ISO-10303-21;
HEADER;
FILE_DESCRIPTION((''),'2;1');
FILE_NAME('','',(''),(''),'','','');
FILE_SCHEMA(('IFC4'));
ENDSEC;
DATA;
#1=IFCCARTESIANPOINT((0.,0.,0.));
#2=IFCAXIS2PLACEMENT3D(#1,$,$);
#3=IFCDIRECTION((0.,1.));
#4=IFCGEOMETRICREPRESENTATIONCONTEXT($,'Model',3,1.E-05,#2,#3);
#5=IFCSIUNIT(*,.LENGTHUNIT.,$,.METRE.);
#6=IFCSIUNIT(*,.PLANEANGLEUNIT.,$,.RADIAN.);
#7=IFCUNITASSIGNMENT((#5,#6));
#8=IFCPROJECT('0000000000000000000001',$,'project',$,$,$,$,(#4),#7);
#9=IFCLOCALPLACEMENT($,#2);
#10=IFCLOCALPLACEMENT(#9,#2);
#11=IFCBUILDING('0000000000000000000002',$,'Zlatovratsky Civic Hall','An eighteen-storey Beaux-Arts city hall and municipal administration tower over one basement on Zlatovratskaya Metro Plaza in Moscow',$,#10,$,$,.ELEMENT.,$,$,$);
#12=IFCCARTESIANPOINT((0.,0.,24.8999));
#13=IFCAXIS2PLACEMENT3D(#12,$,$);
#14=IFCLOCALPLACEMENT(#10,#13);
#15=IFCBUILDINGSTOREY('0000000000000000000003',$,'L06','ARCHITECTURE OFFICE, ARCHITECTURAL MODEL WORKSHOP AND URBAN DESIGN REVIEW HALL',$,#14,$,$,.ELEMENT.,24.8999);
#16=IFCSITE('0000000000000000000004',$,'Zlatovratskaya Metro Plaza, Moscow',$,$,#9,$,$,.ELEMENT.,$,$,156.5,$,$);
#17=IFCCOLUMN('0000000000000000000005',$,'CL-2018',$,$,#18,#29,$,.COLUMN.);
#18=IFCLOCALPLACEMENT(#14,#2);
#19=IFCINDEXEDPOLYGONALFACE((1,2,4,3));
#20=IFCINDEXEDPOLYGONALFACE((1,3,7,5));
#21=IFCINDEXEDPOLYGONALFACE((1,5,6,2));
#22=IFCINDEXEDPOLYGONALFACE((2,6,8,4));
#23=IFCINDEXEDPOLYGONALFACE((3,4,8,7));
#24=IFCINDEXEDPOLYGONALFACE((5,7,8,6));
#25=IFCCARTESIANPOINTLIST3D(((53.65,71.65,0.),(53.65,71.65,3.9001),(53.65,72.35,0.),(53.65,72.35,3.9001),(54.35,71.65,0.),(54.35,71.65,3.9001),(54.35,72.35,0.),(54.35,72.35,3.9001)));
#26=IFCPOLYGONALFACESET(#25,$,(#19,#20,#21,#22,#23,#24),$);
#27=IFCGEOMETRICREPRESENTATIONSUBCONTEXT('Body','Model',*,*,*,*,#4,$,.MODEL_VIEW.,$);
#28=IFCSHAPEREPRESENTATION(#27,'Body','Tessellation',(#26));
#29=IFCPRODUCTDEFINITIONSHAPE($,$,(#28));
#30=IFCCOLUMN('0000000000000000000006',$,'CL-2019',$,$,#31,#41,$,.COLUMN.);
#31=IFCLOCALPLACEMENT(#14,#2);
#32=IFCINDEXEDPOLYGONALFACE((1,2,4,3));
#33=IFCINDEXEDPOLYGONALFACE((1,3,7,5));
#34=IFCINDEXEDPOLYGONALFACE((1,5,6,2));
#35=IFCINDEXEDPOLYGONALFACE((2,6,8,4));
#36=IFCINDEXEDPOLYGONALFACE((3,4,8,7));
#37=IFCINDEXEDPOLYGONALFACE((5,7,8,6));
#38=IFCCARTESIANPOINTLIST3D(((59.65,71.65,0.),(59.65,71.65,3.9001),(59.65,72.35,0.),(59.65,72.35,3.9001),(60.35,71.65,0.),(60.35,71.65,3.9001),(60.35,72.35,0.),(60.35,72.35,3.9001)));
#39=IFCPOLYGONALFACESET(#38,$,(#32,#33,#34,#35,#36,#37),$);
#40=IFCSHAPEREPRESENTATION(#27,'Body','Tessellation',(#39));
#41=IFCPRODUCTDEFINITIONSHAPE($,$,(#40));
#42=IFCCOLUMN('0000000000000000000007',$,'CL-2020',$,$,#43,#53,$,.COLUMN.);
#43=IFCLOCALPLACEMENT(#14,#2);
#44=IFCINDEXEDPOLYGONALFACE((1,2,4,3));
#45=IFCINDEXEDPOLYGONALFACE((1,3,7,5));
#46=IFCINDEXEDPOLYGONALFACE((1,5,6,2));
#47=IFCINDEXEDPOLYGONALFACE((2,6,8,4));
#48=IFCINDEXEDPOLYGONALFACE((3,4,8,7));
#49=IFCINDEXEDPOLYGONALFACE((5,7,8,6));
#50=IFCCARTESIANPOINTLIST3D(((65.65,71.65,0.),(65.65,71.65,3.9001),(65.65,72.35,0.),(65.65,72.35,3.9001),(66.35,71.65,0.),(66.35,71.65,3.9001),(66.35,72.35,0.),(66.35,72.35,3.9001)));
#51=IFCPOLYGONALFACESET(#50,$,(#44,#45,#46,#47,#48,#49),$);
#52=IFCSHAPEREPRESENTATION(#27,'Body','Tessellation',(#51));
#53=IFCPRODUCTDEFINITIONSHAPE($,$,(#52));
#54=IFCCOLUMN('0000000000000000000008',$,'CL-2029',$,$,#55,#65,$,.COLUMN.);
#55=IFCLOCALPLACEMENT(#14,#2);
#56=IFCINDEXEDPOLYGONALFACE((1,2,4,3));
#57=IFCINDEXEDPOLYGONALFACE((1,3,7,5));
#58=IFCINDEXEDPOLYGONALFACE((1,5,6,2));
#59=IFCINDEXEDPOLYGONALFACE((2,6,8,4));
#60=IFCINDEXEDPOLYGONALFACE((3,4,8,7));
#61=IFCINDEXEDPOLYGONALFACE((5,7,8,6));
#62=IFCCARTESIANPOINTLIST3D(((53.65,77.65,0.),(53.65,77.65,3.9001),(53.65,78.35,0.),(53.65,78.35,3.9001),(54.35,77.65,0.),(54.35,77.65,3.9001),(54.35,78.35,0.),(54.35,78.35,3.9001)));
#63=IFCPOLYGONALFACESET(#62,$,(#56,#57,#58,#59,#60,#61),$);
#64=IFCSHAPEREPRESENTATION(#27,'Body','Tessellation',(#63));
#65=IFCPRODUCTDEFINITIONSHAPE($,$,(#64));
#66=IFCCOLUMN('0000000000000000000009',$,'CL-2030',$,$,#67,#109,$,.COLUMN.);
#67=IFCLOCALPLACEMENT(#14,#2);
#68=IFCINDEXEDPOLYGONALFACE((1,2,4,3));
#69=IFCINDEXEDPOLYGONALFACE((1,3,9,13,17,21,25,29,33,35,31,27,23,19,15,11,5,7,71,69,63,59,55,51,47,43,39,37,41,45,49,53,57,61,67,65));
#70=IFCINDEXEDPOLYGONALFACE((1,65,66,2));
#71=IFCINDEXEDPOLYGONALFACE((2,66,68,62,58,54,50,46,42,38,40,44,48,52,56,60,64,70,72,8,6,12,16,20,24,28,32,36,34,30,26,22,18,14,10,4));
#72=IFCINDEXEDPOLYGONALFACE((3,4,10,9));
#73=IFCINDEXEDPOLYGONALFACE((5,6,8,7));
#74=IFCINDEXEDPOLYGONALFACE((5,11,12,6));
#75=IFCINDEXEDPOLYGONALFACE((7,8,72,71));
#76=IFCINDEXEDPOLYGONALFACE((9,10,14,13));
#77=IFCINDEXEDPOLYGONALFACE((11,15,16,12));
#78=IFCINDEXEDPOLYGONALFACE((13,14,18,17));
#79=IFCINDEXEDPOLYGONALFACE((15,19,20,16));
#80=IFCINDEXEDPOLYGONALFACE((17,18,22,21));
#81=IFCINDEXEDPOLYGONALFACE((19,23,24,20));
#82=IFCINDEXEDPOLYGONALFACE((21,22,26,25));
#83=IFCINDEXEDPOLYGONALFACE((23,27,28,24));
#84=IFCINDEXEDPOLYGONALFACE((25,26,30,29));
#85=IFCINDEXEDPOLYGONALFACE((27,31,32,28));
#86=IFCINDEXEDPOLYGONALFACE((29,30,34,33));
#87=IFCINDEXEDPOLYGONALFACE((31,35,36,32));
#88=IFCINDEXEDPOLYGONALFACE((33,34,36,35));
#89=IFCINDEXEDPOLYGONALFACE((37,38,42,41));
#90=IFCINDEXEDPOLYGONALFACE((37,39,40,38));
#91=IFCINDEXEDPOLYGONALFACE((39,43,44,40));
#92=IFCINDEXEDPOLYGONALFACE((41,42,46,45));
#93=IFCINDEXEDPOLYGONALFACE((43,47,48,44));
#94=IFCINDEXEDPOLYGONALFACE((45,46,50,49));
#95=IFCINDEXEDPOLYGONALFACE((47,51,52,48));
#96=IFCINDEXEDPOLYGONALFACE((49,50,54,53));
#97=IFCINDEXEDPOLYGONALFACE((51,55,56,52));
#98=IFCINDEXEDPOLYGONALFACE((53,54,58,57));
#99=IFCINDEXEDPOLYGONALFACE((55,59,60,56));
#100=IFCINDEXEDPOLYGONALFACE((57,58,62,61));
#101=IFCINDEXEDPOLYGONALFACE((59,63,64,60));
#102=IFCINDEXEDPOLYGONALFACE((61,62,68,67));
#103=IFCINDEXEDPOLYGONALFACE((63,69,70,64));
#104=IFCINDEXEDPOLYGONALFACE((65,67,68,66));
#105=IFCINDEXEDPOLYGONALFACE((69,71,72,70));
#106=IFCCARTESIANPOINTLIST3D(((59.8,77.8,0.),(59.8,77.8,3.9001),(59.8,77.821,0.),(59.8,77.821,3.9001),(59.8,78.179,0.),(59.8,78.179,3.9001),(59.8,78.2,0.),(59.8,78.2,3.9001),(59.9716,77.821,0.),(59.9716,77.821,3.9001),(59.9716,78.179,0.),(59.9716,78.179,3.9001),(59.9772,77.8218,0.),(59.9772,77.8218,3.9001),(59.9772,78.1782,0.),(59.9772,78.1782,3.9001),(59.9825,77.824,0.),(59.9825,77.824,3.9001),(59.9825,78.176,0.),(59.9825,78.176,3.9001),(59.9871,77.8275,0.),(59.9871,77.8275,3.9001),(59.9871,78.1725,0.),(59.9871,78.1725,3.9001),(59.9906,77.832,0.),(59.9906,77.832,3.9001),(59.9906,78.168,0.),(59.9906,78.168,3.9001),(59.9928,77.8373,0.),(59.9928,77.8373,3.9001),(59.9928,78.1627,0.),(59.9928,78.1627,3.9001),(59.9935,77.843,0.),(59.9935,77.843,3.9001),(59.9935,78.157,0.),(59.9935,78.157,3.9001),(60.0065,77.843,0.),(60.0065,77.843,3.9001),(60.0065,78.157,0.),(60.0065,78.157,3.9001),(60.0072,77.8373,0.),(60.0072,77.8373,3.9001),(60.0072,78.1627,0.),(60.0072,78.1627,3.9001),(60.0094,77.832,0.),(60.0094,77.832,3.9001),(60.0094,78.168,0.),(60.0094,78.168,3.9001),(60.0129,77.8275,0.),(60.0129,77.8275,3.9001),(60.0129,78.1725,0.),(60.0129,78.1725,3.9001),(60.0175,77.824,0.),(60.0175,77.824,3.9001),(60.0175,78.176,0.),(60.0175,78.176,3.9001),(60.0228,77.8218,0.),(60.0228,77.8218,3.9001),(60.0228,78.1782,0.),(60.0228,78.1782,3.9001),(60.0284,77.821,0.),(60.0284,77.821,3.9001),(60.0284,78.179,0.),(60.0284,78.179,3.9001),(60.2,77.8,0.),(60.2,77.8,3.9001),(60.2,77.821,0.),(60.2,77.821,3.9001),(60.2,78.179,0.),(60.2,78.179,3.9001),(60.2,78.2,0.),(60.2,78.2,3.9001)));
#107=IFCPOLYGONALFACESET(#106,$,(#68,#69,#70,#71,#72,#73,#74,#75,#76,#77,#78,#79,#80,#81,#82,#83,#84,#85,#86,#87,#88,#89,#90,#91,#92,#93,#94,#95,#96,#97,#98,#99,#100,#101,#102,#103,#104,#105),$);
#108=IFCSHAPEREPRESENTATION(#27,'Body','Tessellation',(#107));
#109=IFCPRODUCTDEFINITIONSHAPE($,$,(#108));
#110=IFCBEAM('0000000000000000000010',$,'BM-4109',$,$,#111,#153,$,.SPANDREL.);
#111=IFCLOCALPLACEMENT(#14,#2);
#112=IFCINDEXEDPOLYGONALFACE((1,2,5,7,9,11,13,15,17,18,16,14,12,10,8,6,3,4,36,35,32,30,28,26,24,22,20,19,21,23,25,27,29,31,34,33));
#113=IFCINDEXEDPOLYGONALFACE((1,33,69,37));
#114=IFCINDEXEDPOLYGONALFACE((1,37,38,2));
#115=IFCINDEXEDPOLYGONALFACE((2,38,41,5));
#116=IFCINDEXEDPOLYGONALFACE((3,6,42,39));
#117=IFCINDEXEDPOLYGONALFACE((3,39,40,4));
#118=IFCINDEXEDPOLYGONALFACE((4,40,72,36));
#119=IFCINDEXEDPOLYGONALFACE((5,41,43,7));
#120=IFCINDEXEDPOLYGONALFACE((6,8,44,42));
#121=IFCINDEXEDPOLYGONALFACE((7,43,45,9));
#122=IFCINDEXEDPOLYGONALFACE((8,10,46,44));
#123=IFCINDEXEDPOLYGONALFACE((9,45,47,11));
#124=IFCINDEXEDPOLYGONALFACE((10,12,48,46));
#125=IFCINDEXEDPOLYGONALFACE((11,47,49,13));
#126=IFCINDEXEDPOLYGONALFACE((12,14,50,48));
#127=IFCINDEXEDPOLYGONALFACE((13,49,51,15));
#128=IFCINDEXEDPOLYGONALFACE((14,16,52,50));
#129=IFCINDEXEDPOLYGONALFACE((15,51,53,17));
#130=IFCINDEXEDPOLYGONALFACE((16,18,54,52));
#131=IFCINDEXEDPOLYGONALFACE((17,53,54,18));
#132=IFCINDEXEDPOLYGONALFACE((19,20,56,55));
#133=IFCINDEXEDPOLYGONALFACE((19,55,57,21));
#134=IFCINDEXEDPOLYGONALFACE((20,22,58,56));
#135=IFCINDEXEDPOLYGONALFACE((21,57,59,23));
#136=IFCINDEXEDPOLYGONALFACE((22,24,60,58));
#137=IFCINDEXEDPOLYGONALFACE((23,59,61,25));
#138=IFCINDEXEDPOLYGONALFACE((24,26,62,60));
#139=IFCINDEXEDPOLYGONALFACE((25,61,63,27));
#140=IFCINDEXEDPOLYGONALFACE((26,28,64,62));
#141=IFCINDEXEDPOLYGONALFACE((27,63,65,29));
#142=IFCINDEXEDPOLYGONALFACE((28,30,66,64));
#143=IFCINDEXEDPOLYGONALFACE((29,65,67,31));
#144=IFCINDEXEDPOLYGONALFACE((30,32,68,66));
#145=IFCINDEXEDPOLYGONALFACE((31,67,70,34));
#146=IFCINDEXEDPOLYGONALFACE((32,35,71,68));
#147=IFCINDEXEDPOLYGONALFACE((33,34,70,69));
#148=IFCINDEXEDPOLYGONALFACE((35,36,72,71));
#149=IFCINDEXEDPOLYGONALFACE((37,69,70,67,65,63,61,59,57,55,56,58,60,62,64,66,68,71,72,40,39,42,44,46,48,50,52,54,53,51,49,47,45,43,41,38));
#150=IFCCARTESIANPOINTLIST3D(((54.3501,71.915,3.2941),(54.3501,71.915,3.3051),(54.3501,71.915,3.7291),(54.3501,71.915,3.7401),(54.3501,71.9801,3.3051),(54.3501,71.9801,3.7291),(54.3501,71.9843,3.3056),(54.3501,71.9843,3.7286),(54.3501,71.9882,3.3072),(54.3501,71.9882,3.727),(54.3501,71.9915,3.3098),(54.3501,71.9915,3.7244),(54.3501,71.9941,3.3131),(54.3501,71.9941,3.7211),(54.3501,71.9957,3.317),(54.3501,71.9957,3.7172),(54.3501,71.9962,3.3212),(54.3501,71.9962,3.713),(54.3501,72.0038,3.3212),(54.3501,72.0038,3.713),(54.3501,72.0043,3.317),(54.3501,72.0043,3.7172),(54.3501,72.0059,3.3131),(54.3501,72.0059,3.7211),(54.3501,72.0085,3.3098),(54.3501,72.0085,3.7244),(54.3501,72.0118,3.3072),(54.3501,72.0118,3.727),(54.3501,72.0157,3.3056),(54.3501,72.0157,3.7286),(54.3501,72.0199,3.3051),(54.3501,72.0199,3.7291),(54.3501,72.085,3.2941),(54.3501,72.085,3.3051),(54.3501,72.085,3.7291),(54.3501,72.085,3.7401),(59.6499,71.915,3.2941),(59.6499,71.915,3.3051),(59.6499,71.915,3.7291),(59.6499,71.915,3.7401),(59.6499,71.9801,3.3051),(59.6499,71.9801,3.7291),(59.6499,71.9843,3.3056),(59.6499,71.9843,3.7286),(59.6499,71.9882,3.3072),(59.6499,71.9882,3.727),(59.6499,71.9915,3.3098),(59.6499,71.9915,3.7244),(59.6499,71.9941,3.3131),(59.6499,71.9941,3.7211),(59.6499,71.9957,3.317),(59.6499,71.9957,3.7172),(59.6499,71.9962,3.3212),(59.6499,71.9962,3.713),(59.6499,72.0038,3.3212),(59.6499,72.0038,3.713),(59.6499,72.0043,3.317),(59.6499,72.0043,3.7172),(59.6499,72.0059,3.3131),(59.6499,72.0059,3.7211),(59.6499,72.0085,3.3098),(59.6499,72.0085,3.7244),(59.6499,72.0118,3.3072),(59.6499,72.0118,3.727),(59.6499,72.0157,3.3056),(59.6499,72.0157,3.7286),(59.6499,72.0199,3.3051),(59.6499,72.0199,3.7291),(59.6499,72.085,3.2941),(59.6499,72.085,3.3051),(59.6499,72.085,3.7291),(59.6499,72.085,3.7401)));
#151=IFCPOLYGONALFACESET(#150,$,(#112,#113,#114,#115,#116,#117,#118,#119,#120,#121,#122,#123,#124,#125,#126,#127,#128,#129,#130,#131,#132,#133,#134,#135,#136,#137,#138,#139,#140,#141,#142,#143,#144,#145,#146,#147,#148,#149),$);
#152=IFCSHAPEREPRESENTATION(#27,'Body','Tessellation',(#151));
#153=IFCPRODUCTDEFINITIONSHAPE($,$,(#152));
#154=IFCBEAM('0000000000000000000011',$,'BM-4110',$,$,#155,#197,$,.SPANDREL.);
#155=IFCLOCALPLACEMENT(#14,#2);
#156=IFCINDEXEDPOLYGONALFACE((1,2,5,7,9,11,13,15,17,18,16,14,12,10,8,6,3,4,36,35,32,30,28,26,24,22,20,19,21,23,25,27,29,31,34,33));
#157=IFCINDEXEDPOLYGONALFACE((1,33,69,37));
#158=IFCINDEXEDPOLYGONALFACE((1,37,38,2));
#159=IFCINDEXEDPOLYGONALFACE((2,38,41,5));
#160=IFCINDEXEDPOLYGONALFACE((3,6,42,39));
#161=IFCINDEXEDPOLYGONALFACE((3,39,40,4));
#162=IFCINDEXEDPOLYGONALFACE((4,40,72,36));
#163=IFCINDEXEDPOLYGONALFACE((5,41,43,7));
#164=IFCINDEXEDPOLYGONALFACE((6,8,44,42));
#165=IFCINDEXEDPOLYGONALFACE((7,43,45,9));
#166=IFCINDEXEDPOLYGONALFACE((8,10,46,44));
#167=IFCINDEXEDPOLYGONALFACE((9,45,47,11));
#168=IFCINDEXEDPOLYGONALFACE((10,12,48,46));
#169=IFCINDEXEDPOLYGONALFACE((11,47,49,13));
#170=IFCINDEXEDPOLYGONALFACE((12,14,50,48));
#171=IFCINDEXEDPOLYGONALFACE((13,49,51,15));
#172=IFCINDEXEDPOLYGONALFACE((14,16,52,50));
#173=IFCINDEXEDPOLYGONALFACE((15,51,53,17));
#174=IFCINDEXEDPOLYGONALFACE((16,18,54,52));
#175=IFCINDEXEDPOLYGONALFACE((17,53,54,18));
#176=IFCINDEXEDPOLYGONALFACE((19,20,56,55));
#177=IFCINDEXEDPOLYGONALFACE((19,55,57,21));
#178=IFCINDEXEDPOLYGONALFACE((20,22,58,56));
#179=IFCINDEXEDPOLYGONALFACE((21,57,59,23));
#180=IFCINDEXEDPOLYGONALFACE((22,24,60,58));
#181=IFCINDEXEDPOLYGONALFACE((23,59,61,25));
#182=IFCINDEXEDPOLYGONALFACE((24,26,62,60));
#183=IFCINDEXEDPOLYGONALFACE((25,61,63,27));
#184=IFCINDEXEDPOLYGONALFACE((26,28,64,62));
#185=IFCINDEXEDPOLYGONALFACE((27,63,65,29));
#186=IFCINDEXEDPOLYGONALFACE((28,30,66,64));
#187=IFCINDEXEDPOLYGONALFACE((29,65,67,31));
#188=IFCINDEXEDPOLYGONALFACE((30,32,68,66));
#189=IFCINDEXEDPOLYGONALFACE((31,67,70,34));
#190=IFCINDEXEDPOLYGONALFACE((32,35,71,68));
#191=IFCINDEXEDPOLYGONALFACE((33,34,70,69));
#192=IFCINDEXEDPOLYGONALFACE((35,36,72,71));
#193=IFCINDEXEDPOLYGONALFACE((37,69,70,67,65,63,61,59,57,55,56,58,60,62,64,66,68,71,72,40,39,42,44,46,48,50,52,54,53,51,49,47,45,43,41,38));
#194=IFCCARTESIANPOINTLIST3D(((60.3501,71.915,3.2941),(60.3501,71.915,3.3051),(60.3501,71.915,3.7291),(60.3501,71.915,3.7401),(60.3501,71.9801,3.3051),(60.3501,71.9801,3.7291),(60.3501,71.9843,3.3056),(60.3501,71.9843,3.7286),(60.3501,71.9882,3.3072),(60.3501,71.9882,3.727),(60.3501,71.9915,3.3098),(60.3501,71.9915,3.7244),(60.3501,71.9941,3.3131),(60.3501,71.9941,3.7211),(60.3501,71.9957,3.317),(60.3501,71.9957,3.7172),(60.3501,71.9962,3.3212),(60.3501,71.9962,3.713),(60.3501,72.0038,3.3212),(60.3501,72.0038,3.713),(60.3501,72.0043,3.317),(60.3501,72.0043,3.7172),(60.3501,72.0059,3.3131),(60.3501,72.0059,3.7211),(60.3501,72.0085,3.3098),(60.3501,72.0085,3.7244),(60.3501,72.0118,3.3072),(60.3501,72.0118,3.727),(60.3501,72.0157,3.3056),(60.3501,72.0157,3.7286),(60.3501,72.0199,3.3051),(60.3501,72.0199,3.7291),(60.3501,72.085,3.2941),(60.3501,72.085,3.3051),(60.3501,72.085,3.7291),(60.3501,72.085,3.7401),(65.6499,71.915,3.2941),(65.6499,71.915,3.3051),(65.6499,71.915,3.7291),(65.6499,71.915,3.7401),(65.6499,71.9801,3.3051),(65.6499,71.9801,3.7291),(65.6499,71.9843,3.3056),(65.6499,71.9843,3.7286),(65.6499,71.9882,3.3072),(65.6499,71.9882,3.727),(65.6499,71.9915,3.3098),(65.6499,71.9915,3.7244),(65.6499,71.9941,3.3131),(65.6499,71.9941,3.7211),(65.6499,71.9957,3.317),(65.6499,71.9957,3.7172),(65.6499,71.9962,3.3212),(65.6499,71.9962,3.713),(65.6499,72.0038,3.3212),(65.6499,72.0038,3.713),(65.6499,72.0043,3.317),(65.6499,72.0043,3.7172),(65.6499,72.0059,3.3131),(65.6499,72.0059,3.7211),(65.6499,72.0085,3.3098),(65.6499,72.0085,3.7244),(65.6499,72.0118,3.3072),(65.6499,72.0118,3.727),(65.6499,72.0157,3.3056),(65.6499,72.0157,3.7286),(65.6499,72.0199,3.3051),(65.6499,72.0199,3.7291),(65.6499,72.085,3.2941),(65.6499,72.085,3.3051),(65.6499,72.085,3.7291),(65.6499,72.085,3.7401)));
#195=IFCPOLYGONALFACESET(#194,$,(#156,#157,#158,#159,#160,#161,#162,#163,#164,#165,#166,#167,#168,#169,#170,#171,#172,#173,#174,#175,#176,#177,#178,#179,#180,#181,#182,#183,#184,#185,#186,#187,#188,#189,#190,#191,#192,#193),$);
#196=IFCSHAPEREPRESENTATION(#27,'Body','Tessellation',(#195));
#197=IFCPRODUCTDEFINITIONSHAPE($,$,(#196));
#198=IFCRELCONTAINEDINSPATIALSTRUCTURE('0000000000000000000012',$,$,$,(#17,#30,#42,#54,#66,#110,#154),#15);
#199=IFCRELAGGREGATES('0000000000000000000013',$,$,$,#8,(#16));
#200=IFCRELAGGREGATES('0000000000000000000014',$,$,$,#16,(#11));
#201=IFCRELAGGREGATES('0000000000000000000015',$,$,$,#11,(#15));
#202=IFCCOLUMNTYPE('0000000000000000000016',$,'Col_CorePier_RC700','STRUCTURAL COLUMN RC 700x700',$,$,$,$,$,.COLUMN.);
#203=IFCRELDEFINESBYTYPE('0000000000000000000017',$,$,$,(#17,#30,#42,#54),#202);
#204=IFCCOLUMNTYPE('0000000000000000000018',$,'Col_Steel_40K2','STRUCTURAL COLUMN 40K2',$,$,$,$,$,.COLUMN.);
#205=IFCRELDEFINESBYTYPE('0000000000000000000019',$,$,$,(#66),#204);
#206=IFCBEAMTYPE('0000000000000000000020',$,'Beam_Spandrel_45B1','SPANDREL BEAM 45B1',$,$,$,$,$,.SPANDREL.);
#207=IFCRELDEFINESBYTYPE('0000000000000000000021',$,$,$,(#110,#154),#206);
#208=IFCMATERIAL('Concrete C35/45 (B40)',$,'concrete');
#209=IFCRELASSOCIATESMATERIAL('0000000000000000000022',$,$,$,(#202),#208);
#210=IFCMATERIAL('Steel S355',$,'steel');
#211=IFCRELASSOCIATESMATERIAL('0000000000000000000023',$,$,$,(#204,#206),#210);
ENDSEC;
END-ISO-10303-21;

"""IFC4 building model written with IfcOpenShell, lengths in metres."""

from ifc_helpers import new_model, si_unit, direction, frame, origin, origin_2d, place, context, subcontext, project, spatial, rectangle, i_section, extrude, material, material_profile, profile_set, type_object, element, save


model = new_model("IFC4")

# Units and contexts
model_context = context("Model", 3, precision=1e-05, world=origin(), true_north=direction((0.0, 1.0)))
body_context = subcontext(model_context, "Body", "Model", "MODEL_VIEW")
ifc_project = project(units=[si_unit("LENGTHUNIT", "METRE"), si_unit("PLANEANGLEUNIT", "RADIAN")], contexts=[model_context])

# Site, building, storey
site_placement = place(None, origin())
site = spatial("IfcSite", under=ifc_project, at=site_placement, Name="Zlatovratskaya Metro Plaza, Moscow", CompositionType="ELEMENT", RefElevation=156.5)
building_placement = place(site_placement, origin())
building = spatial("IfcBuilding", under=site, at=building_placement, Name="Zlatovratsky Civic Hall", Description="An eighteen-storey Beaux-Arts city hall and municipal administration tower over one basement on Zlatovratskaya Metro Plaza in Moscow", CompositionType="ELEMENT")
storey_placement = place(building_placement, frame((0.0, 0.0, 24.8999)))
storey = spatial("IfcBuildingStorey", under=building, at=storey_placement, Name="L06", Description="ARCHITECTURE OFFICE, ARCHITECTURAL MODEL WORKSHOP AND URBAN DESIGN REVIEW HALL", CompositionType="ELEMENT", Elevation=24.8999)

# Columns
ifc_material_1 = material(Name="Concrete C35/45 (B40)", Category="concrete")
ifc_material_profile_1 = material_profile(ifc_material_1, rectangle(XDim=0.7, YDim=0.7, at=origin_2d()), Name="RC 700x700")
ifc_profile_set_1 = profile_set([ifc_material_profile_1], Name="Concrete C35/45 (B40)")
column_type_1 = type_object("IfcColumnType", Name="Col_CorePier_RC700", Description="STRUCTURAL COLUMN RC 700x700", PredefinedType="COLUMN", material=ifc_profile_set_1)
for number, where, z_axis, x_axis, name in (
    (1, (54.0, 72.0, 0.0), (0.0, 0.0, 1.0), (1.0, 0.0, 0.0), "CL-2018"),
    (2, (60.0, 72.0, 0.0), (0.0, 0.0, 1.0), (1.0, 0.0, 0.0), "CL-2019"),
    (3, (66.0, 72.0, 0.0), (0.0, 0.0, 1.0), (1.0, 0.0, 0.0), "CL-2020"),
    (4, (54.0, 78.0, 0.0), (0.0, 0.0, 1.0), (1.0, 0.0, 0.0), "CL-2029"),
):
    element("IfcColumn", number, at=place(storey_placement, frame(where, z_axis=z_axis, x_axis=x_axis)), inside=storey, type_object=column_type_1, Name=name, PredefinedType="COLUMN", context=body_context, shape_type="SweptSolid", body=[
        extrude(rectangle(XDim=0.7, YDim=0.7, at=origin_2d()), origin(), (0.0, 0.0, 1.0), 3.9001),
    ])
ifc_material_2 = material(Name="Steel S355", Category="steel")
ifc_material_profile_2 = material_profile(ifc_material_2, i_section(OverallWidth=0.3999, OverallDepth=0.3999, WebThickness=0.0129, FlangeThickness=0.021, FilletRadius=0.022, at=origin_2d()), Name="40K2")
ifc_profile_set_2 = profile_set([ifc_material_profile_2], Name="Steel S355")
column_type_2 = type_object("IfcColumnType", Name="Col_Steel_40K2", Description="STRUCTURAL COLUMN 40K2", PredefinedType="COLUMN", material=ifc_profile_set_2)
column_placement = place(storey_placement, frame((60.0, 78.0, 0.0), z_axis=(0.0, 0.0, 1.0), x_axis=(1.0, 0.0, 0.0)))
element("IfcColumn", 5, at=column_placement, inside=storey, type_object=column_type_2, Name="CL-2030", PredefinedType="COLUMN", context=body_context, shape_type="SweptSolid", body=[
    extrude(i_section(OverallWidth=0.3999, OverallDepth=0.3999, WebThickness=0.0129, FlangeThickness=0.021, FilletRadius=0.022, at=origin_2d()), origin(), (0.0, 0.0, 1.0), 3.9001),
])

# Beams
ifc_material_profile_3 = material_profile(ifc_material_2, i_section(OverallWidth=0.1699, OverallDepth=0.446, WebThickness=0.0076, FlangeThickness=0.011, FilletRadius=0.0161, at=origin_2d()), Name="45B1")
ifc_profile_set_3 = profile_set([ifc_material_profile_3], Name="Steel S355")
beam_type_1 = type_object("IfcBeamType", Name="Beam_Spandrel_45B1", Description="SPANDREL BEAM 45B1", PredefinedType="SPANDREL", material=ifc_profile_set_3)
for number, where, z_axis, x_axis, name in (
    (6, (54.3501, 72.0, 3.5171), (1.0, 0.0, 0.0), (0.0, 1.0, 0.0), "BM-4109"),
    (7, (60.3501, 72.0, 3.5171), (1.0, 0.0, 0.0), (0.0, 1.0, 0.0), "BM-4110"),
):
    element("IfcBeam", number, at=place(storey_placement, frame(where, z_axis=z_axis, x_axis=x_axis)), inside=storey, type_object=beam_type_1, Name=name, PredefinedType="SPANDREL", context=body_context, shape_type="SweptSolid", body=[
        extrude(i_section(OverallWidth=0.1699, OverallDepth=0.446, WebThickness=0.0076, FlangeThickness=0.011, FilletRadius=0.0161, at=origin_2d()), origin(), (0.0, 0.0, 1.0), 5.2998),
    ])

save(model, "model.ifc")
